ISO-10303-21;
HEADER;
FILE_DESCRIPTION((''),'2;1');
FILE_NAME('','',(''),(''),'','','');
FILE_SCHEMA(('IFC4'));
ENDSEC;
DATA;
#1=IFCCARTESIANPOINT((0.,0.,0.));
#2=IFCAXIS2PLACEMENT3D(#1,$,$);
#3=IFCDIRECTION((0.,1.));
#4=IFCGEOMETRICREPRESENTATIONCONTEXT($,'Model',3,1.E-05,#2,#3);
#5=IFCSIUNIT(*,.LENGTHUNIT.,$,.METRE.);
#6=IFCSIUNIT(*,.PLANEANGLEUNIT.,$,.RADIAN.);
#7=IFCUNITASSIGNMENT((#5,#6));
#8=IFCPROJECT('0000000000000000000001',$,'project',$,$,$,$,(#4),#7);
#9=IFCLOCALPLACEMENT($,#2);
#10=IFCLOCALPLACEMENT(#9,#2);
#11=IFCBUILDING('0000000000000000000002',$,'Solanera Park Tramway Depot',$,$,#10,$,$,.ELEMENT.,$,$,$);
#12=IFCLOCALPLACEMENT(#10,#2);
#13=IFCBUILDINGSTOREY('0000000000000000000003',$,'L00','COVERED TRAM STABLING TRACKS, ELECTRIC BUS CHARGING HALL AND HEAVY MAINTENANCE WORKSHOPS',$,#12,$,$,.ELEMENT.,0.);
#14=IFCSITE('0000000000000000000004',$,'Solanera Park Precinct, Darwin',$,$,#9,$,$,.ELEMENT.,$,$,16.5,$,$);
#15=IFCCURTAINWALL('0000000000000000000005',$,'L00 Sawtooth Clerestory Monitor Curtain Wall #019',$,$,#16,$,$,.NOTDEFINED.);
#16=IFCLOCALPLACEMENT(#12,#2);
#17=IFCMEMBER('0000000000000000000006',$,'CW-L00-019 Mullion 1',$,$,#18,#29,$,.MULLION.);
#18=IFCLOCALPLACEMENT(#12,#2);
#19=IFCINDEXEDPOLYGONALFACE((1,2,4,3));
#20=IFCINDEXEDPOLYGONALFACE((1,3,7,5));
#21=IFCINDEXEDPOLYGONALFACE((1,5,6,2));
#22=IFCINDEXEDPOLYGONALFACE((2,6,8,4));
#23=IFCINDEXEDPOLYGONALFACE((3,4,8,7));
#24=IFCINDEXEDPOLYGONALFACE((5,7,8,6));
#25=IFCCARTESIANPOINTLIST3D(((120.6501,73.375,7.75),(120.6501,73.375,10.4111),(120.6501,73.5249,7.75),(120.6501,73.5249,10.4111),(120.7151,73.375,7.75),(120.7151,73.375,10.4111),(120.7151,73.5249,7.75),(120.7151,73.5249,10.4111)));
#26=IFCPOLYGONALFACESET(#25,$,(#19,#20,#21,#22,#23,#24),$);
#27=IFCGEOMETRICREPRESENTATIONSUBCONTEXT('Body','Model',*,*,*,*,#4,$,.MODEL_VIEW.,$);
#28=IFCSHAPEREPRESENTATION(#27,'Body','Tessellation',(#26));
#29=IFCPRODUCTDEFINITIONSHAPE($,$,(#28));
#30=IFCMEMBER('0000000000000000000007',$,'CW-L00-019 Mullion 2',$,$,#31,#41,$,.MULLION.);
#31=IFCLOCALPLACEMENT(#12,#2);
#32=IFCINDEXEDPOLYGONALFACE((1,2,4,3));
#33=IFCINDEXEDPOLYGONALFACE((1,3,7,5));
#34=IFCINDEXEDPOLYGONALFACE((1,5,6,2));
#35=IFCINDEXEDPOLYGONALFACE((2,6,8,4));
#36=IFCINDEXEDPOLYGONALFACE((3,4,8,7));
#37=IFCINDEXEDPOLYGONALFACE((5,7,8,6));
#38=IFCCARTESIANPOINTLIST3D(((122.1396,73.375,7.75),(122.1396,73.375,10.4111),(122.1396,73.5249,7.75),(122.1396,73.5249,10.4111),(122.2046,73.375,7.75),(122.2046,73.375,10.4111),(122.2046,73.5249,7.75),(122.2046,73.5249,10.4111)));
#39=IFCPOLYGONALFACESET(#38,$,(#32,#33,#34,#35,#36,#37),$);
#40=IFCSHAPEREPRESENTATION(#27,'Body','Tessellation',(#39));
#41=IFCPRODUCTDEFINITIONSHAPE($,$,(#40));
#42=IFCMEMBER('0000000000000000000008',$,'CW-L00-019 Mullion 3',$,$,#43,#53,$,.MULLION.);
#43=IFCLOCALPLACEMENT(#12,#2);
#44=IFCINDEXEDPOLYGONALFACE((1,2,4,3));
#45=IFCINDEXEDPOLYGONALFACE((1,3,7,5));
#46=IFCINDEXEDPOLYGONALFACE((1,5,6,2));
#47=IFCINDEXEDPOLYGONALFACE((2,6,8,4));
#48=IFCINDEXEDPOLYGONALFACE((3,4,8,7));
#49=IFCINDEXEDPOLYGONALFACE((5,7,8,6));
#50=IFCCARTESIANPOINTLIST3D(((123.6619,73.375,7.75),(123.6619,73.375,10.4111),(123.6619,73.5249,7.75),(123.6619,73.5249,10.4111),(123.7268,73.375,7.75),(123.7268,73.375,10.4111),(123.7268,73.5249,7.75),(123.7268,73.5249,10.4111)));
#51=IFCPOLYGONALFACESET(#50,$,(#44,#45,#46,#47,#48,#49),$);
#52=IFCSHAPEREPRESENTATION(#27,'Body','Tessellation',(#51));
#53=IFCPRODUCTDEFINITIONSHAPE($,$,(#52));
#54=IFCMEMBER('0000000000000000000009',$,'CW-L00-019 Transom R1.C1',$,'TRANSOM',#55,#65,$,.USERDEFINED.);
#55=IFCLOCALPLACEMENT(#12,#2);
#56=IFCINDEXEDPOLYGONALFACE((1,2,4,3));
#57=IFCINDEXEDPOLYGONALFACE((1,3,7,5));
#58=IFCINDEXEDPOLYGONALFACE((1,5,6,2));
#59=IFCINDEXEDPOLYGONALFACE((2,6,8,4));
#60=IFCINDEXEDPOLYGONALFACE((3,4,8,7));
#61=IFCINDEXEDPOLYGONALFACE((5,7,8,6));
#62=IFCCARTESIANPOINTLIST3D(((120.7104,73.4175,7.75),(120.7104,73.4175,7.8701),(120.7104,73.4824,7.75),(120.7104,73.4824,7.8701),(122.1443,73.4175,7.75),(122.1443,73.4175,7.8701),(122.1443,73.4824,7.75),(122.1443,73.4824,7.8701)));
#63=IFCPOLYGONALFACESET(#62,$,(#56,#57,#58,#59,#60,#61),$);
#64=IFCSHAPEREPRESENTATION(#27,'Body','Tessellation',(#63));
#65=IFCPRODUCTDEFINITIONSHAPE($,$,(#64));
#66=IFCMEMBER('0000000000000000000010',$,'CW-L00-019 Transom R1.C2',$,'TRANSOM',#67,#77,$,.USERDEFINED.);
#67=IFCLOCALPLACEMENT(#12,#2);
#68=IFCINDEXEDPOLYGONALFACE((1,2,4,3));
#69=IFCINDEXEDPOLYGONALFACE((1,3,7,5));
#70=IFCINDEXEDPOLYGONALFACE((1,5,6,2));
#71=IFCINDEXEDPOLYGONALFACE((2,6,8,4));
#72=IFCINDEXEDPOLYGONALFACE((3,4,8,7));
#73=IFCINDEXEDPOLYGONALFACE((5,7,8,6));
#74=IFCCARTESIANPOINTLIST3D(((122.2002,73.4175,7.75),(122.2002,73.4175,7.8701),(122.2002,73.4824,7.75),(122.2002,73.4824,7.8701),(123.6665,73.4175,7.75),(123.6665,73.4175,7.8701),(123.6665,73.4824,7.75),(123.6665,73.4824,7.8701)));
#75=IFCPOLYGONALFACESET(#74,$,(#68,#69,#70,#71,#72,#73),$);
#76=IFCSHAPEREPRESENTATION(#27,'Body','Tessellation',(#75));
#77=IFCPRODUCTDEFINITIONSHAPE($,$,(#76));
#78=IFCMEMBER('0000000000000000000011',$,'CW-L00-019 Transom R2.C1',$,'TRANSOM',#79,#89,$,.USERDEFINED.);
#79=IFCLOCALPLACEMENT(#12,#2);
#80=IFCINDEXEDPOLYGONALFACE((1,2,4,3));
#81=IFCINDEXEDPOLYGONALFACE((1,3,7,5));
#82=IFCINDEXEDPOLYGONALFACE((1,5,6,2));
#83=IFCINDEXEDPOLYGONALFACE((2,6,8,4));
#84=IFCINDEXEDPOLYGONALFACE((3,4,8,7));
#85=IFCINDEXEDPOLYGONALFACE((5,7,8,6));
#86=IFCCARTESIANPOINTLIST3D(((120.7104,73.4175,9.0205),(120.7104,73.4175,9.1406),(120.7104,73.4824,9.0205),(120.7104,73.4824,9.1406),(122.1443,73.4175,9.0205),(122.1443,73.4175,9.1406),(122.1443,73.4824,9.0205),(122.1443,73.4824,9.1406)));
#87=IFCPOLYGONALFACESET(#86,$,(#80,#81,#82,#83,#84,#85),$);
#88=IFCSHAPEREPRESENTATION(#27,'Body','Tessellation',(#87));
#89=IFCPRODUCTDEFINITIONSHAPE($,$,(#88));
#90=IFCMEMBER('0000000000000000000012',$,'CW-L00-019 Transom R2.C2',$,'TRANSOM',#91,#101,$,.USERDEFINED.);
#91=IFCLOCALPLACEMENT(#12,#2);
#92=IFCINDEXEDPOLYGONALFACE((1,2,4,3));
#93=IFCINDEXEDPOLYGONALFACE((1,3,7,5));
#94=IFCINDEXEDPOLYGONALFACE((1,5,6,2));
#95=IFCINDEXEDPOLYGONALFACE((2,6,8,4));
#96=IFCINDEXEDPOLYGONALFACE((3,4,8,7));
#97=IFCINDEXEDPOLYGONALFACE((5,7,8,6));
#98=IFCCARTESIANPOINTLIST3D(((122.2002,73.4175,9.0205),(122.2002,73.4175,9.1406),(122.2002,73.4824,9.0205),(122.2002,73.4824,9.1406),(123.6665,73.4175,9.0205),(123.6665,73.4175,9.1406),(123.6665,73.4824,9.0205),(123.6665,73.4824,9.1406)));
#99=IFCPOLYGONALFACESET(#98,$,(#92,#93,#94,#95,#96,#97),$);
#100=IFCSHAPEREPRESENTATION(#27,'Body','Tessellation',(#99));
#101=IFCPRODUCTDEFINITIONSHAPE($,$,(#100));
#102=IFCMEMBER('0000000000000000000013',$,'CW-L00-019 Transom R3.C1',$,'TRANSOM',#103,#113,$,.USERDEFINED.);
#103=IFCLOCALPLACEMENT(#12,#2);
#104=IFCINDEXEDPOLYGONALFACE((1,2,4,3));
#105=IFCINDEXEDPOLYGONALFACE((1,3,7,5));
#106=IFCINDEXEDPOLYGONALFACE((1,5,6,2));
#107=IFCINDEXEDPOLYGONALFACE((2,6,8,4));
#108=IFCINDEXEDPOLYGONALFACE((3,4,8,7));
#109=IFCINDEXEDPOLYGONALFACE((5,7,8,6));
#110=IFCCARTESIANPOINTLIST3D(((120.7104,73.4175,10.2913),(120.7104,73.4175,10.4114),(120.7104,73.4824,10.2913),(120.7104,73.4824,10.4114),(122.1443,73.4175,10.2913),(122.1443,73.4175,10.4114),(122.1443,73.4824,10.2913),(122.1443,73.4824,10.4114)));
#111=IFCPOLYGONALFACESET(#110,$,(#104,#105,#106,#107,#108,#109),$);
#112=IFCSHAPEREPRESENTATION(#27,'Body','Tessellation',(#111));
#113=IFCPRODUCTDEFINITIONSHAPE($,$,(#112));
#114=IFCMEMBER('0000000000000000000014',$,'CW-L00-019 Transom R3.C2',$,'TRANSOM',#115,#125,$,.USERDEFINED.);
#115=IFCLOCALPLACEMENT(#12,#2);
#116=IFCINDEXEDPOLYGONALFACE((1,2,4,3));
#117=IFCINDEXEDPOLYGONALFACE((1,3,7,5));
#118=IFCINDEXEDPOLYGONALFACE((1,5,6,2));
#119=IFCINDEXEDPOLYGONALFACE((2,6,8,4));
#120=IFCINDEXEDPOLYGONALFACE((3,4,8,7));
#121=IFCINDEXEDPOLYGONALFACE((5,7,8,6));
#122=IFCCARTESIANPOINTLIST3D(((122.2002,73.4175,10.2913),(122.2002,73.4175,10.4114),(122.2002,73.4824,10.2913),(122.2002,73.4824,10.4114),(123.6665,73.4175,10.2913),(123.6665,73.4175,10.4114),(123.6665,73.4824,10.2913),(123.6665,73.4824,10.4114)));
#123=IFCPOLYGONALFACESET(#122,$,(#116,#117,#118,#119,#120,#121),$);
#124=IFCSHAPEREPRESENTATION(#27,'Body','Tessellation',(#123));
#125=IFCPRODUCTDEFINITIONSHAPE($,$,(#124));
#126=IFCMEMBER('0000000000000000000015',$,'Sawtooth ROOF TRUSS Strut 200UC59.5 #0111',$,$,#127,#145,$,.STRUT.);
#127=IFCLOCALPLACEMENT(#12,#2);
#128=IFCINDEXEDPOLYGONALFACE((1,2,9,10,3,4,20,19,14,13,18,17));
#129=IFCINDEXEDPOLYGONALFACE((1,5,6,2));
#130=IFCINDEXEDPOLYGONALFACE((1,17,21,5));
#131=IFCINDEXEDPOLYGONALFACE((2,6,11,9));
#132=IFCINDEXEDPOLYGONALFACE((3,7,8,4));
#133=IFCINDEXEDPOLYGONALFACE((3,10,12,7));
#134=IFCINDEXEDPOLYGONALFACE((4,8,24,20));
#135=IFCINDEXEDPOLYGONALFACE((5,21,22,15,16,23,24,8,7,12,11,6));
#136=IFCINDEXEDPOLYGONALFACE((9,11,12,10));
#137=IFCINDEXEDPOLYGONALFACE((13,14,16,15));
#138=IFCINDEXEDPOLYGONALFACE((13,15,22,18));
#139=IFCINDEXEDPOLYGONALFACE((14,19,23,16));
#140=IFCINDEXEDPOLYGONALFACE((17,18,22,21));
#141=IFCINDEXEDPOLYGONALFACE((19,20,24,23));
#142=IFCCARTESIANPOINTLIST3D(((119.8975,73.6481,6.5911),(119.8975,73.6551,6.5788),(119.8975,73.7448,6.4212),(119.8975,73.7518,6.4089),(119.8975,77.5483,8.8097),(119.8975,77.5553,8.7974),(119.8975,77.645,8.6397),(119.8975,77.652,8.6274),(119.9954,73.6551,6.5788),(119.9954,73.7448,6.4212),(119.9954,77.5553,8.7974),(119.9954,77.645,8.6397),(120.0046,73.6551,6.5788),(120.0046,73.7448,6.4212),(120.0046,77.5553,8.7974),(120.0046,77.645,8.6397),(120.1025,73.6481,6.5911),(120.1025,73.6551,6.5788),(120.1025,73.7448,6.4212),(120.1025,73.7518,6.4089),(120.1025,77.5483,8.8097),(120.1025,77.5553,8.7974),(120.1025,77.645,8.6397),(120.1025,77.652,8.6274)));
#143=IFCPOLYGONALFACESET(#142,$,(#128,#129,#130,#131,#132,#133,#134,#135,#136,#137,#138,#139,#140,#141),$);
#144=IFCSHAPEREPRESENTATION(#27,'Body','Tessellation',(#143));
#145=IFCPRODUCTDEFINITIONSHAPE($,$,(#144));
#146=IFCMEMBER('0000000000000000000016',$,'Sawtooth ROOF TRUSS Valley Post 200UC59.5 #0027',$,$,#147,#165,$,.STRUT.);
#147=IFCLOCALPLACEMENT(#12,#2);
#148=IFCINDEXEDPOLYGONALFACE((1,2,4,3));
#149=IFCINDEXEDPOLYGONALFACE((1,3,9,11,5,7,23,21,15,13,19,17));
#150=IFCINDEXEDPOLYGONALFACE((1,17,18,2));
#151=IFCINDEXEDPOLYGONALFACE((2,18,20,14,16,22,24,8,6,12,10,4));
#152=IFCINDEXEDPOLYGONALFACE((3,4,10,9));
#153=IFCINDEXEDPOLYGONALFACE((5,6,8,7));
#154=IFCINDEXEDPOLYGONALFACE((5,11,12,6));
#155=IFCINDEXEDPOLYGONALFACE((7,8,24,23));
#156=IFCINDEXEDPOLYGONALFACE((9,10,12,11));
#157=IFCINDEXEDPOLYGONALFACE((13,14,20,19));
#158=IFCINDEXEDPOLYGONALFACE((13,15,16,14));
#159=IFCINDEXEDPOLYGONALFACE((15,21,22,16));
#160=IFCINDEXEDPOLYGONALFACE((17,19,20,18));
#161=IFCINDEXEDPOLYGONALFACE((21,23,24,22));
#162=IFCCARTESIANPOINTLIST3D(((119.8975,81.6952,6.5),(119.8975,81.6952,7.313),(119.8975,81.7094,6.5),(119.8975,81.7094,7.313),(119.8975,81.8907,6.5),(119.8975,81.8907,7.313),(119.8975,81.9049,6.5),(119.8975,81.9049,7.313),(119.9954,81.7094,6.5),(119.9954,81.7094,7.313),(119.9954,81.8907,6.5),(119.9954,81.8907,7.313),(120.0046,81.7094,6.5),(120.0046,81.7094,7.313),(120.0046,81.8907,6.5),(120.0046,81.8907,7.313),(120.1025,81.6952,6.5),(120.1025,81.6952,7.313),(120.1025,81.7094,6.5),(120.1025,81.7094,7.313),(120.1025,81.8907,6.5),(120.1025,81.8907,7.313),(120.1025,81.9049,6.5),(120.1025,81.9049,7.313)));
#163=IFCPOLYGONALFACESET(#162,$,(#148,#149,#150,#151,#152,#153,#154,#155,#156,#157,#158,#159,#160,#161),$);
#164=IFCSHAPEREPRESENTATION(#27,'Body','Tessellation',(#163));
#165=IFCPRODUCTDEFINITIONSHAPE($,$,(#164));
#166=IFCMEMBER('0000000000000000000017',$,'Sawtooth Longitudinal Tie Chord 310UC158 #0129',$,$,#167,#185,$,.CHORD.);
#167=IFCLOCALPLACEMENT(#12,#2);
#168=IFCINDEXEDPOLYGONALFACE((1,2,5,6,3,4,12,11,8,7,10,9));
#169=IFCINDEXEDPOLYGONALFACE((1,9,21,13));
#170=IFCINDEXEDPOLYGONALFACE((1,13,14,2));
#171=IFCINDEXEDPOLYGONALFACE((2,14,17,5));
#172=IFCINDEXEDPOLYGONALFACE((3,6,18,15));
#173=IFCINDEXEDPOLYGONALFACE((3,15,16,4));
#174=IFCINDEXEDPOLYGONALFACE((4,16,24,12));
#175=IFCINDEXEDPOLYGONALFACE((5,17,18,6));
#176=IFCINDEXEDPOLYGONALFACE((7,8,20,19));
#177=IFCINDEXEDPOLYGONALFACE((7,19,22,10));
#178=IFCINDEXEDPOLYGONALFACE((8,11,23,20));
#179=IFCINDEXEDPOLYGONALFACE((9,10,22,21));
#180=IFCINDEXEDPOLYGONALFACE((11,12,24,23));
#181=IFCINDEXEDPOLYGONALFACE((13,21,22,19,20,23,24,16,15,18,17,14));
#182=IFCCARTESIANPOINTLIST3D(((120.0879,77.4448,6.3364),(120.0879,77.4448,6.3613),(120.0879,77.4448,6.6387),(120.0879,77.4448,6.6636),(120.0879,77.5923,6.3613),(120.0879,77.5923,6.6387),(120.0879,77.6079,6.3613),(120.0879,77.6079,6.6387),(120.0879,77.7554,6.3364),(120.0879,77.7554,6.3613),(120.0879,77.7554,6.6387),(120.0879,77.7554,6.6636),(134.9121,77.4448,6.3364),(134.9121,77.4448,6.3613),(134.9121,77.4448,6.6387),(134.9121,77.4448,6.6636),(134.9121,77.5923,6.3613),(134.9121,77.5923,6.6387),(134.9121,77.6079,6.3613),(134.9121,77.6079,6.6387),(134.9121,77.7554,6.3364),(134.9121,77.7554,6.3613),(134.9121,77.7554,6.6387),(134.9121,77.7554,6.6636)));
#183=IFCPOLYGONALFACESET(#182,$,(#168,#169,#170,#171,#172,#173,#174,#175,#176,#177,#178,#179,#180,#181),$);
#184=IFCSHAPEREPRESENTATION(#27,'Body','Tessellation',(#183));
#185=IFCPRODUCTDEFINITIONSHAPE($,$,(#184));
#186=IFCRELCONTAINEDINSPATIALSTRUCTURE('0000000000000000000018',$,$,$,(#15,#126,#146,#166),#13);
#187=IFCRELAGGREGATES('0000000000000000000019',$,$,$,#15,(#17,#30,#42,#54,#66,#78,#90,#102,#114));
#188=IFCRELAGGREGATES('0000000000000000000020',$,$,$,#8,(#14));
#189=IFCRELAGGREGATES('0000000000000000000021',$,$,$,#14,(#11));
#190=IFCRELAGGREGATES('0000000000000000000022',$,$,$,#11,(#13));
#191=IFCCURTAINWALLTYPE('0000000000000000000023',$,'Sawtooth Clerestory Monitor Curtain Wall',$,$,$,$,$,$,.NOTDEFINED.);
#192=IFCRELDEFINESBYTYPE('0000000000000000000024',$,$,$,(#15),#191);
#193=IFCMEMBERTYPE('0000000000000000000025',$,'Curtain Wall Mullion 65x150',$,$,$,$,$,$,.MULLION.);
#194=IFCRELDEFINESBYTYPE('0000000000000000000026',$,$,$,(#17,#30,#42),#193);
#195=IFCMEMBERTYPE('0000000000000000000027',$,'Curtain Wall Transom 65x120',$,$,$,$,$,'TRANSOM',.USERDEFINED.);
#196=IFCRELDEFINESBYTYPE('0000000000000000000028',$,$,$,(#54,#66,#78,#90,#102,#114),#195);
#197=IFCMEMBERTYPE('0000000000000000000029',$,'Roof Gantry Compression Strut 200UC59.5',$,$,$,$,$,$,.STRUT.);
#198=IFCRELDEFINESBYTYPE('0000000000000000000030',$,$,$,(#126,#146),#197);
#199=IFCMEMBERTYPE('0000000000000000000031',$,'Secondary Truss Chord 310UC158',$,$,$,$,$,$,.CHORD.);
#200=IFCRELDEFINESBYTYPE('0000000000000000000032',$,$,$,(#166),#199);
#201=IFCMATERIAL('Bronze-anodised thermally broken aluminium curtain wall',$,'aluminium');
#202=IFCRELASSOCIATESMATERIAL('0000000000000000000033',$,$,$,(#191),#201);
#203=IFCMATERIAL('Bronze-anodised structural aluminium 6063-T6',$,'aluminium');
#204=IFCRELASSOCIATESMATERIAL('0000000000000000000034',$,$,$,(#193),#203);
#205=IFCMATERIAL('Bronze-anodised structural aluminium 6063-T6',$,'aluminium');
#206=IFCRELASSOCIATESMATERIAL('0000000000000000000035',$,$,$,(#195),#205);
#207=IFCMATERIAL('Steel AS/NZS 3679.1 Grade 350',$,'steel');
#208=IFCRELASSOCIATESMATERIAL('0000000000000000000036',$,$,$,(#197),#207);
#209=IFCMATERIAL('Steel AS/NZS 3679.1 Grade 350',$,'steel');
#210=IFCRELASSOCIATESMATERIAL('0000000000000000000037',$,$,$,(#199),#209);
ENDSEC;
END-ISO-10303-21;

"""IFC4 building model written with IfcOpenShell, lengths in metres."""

from ifc_helpers import new_model, si_unit, direction, frame, origin, origin_2d, place, context, subcontext, project, spatial, rectangle, i_section, extrude, material, material_profile, profile_set, type_object, element, aggregate, save


model = new_model("IFC4")

# Units and contexts
model_context = context("Model", 3, precision=1e-05, world=origin(), true_north=direction((0.0, 1.0)))
body_context = subcontext(model_context, "Body", "Model", "MODEL_VIEW")
ifc_project = project(units=[si_unit("LENGTHUNIT", "METRE"), si_unit("PLANEANGLEUNIT", "RADIAN")], contexts=[model_context])

# Site, building, storey
site_placement = place(None, origin())
site = spatial("IfcSite", under=ifc_project, at=site_placement, Name="Solanera Park Precinct, Darwin", CompositionType="ELEMENT", RefElevation=16.5)
building_placement = place(site_placement, origin())
building = spatial("IfcBuilding", under=site, at=building_placement, Name="Solanera Park Tramway Depot", CompositionType="ELEMENT")
storey_placement = place(building_placement, origin())
storey = spatial("IfcBuildingStorey", under=building, at=storey_placement, Name="L00", Description="COVERED TRAM STABLING TRACKS, ELECTRIC BUS CHARGING HALL AND HEAVY MAINTENANCE WORKSHOPS", CompositionType="ELEMENT", Elevation=0.0)

# Curtain wall, members
ifc_material_1 = material(Name="Bronze-anodised thermally broken aluminium curtain wall", Category="aluminium")
curtain_wall_type = type_object("IfcCurtainWallType", Name="Sawtooth Clerestory Monitor Curtain Wall", PredefinedType="NOTDEFINED", material=ifc_material_1)
curtain_wall_placement = place(storey_placement, origin())
curtain_wall = element("IfcCurtainWall", 1, at=curtain_wall_placement, inside=storey, type_object=curtain_wall_type, Name="L00 Sawtooth Clerestory Monitor Curtain Wall #019", PredefinedType="NOTDEFINED")
ifc_material_2 = material(Name="Bronze-anodised structural aluminium 6063-T6", Category="aluminium")
ifc_material_profile_1 = material_profile(ifc_material_2, rectangle(XDim=0.0649, YDim=0.1499, at=origin_2d()), Name="Curtain Wall Mullion 65x150")
ifc_profile_set_1 = profile_set([ifc_material_profile_1], Name="Bronze-anodised structural aluminium 6063-T6")
member_type_1 = type_object("IfcMemberType", Name="Curtain Wall Mullion 65x150", PredefinedType="MULLION", material=ifc_profile_set_1)
member_1_placement = place(storey_placement, frame((120.6826, 73.45, 7.75), z_axis=(0.0, 0.0, 1.0), x_axis=(1.0, 0.0, 0.0)))
member_1 = element("IfcMember", 2, at=member_1_placement, type_object=member_type_1, Name="CW-L00-019 Mullion 1", PredefinedType="MULLION", context=body_context, shape_type="SweptSolid", body=[
    extrude(rectangle(XDim=0.0649, YDim=0.1499, at=origin_2d()), origin(), (0.0, 0.0, 1.0), 2.6611),
])
member_2_placement = place(storey_placement, frame((122.1721, 73.45, 7.75), z_axis=(0.0, 0.0, 1.0), x_axis=(1.0, 0.0, 0.0)))
member_2 = element("IfcMember", 3, at=member_2_placement, type_object=member_type_1, Name="CW-L00-019 Mullion 2", PredefinedType="MULLION", context=body_context, shape_type="SweptSolid", body=[
    extrude(rectangle(XDim=0.0649, YDim=0.1499, at=origin_2d()), origin(), (0.0, 0.0, 1.0), 2.6611),
])
member_3_placement = place(storey_placement, frame((123.6943, 73.45, 7.75), z_axis=(0.0, 0.0, 1.0), x_axis=(1.0, 0.0, 0.0)))
member_3 = element("IfcMember", 4, at=member_3_placement, type_object=member_type_1, Name="CW-L00-019 Mullion 3", PredefinedType="MULLION", context=body_context, shape_type="SweptSolid", body=[
    extrude(rectangle(XDim=0.0649, YDim=0.1499, at=origin_2d()), origin(), (0.0, 0.0, 1.0), 2.6611),
])
ifc_material_3 = material(Name="Bronze-anodised structural aluminium 6063-T6", Category="aluminium")
ifc_material_profile_2 = material_profile(ifc_material_3, rectangle(XDim=0.0649, YDim=0.1201, at=origin_2d()), Name="Curtain Wall Transom 65x120")
ifc_profile_set_2 = profile_set([ifc_material_profile_2], Name="Bronze-anodised structural aluminium 6063-T6")
member_type_2 = type_object("IfcMemberType", Name="Curtain Wall Transom 65x120", ElementType="TRANSOM", PredefinedType="USERDEFINED", material=ifc_profile_set_2)
member_4_placement = place(storey_placement, frame((120.7104, 73.45, 7.8101), z_axis=(1.0, 0.0, 0.0), x_axis=(0.0, 1.0, 0.0)))
member_4 = element("IfcMember", 5, at=member_4_placement, type_object=member_type_2, Name="CW-L00-019 Transom R1.C1", ObjectType="TRANSOM", PredefinedType="USERDEFINED", context=body_context, shape_type="SweptSolid", body=[
    extrude(rectangle(XDim=0.0649, YDim=0.1201, at=origin_2d()), origin(), (0.0, 0.0, 1.0), 1.4338),
])
member_5_placement = place(storey_placement, frame((122.2002, 73.45, 7.8101), z_axis=(1.0, 0.0, 0.0), x_axis=(0.0, 1.0, 0.0)))
member_5 = element("IfcMember", 6, at=member_5_placement, type_object=member_type_2, Name="CW-L00-019 Transom R1.C2", ObjectType="TRANSOM", PredefinedType="USERDEFINED", context=body_context, shape_type="SweptSolid", body=[
    extrude(rectangle(XDim=0.0649, YDim=0.1201, at=origin_2d()), origin(), (0.0, 0.0, 1.0), 1.4663),
])
member_6_placement = place(storey_placement, frame((120.7104, 73.45, 9.0806), z_axis=(1.0, 0.0, 0.0), x_axis=(0.0, 1.0, 0.0)))
member_6 = element("IfcMember", 7, at=member_6_placement, type_object=member_type_2, Name="CW-L00-019 Transom R2.C1", ObjectType="TRANSOM", PredefinedType="USERDEFINED", context=body_context, shape_type="SweptSolid", body=[
    extrude(rectangle(XDim=0.0649, YDim=0.1201, at=origin_2d()), origin(), (0.0, 0.0, 1.0), 1.4338),
])
member_7_placement = place(storey_placement, frame((122.2002, 73.45, 9.0806), z_axis=(1.0, 0.0, 0.0), x_axis=(0.0, 1.0, 0.0)))
member_7 = element("IfcMember", 8, at=member_7_placement, type_object=member_type_2, Name="CW-L00-019 Transom R2.C2", ObjectType="TRANSOM", PredefinedType="USERDEFINED", context=body_context, shape_type="SweptSolid", body=[
    extrude(rectangle(XDim=0.0649, YDim=0.1201, at=origin_2d()), origin(), (0.0, 0.0, 1.0), 1.4663),
])
member_8_placement = place(storey_placement, frame((120.7104, 73.45, 10.3513), z_axis=(1.0, 0.0, 0.0), x_axis=(0.0, 1.0, 0.0)))
member_8 = element("IfcMember", 9, at=member_8_placement, type_object=member_type_2, Name="CW-L00-019 Transom R3.C1", ObjectType="TRANSOM", PredefinedType="USERDEFINED", context=body_context, shape_type="SweptSolid", body=[
    extrude(rectangle(XDim=0.0649, YDim=0.1201, at=origin_2d()), origin(), (0.0, 0.0, 1.0), 1.4338),
])
member_9_placement = place(storey_placement, frame((122.2002, 73.45, 10.3513), z_axis=(1.0, 0.0, 0.0), x_axis=(0.0, 1.0, 0.0)))
member_9 = element("IfcMember", 10, at=member_9_placement, type_object=member_type_2, Name="CW-L00-019 Transom R3.C2", ObjectType="TRANSOM", PredefinedType="USERDEFINED", context=body_context, shape_type="SweptSolid", body=[
    extrude(rectangle(XDim=0.0649, YDim=0.1201, at=origin_2d()), origin(), (0.0, 0.0, 1.0), 1.4663),
])

# Members
ifc_material_4 = material(Name="Steel AS/NZS 3679.1 Grade 350", Category="steel")
ifc_material_profile_3 = material_profile(ifc_material_4, i_section(OverallWidth=0.2051, OverallDepth=0.2097, WebThickness=0.0093, FlangeThickness=0.0142, at=origin_2d()), Name="200UC59.5")
ifc_profile_set_3 = profile_set([ifc_material_profile_3], Name="Steel AS/NZS 3679.1 Grade 350")
member_type_3 = type_object("IfcMemberType", Name="Roof Gantry Compression Strut 200UC59.5", PredefinedType="STRUT", material=ifc_profile_set_3)
member_10_placement = place(storey_placement, frame((120.0, 73.7, 6.5), z_axis=(0.0, 0.869216, 0.494433), x_axis=(-1.0, 0.0, 0.0)))
element("IfcMember", 11, at=member_10_placement, inside=storey, type_object=member_type_3, Name="Sawtooth ROOF TRUSS Strut 200UC59.5 #0111", PredefinedType="STRUT", context=body_context, shape_type="SweptSolid", body=[
    extrude(i_section(OverallWidth=0.2051, OverallDepth=0.2097, WebThickness=0.0093, FlangeThickness=0.0142, at=origin_2d()), origin(), (0.0, 0.0, 1.0), 4.4871),
])
member_11_placement = place(storey_placement, frame((120.0, 81.8, 6.5), z_axis=(0.0, 0.0, 1.0), x_axis=(1.0, 0.0, 0.0)))
element("IfcMember", 12, at=member_11_placement, inside=storey, type_object=member_type_3, Name="Sawtooth ROOF TRUSS Valley Post 200UC59.5 #0027", PredefinedType="STRUT", context=body_context, shape_type="SweptSolid", body=[
    extrude(i_section(OverallWidth=0.2051, OverallDepth=0.2097, WebThickness=0.0093, FlangeThickness=0.0142, at=origin_2d()), origin(), (0.0, 0.0, 1.0), 0.813),
])
ifc_material_5 = material(Name="Steel AS/NZS 3679.1 Grade 350", Category="steel")
ifc_material_profile_4 = material_profile(ifc_material_5, i_section(OverallWidth=0.3105, OverallDepth=0.3271, WebThickness=0.0156, FlangeThickness=0.0249, at=origin_2d()), Name="310UC158")
ifc_profile_set_4 = profile_set([ifc_material_profile_4], Name="Steel AS/NZS 3679.1 Grade 350")
member_type_4 = type_object("IfcMemberType", Name="Secondary Truss Chord 310UC158", PredefinedType="CHORD", material=ifc_profile_set_4)
member_12_placement = place(storey_placement, frame((120.0879, 77.6001, 6.5), z_axis=(1.0, 0.0, 0.0), x_axis=(0.0, 1.0, 0.0)))
element("IfcMember", 13, at=member_12_placement, inside=storey, type_object=member_type_4, Name="Sawtooth Longitudinal Tie Chord 310UC158 #0129", PredefinedType="CHORD", context=body_context, shape_type="SweptSolid", body=[
    extrude(i_section(OverallWidth=0.3105, OverallDepth=0.3271, WebThickness=0.0156, FlangeThickness=0.0249, at=origin_2d()), origin(), (0.0, 0.0, 1.0), 14.8242),
])

aggregate(curtain_wall, [member_1, member_2, member_3, member_4, member_5, member_6, member_7, member_8, member_9])

save(model, "model.ifc")
